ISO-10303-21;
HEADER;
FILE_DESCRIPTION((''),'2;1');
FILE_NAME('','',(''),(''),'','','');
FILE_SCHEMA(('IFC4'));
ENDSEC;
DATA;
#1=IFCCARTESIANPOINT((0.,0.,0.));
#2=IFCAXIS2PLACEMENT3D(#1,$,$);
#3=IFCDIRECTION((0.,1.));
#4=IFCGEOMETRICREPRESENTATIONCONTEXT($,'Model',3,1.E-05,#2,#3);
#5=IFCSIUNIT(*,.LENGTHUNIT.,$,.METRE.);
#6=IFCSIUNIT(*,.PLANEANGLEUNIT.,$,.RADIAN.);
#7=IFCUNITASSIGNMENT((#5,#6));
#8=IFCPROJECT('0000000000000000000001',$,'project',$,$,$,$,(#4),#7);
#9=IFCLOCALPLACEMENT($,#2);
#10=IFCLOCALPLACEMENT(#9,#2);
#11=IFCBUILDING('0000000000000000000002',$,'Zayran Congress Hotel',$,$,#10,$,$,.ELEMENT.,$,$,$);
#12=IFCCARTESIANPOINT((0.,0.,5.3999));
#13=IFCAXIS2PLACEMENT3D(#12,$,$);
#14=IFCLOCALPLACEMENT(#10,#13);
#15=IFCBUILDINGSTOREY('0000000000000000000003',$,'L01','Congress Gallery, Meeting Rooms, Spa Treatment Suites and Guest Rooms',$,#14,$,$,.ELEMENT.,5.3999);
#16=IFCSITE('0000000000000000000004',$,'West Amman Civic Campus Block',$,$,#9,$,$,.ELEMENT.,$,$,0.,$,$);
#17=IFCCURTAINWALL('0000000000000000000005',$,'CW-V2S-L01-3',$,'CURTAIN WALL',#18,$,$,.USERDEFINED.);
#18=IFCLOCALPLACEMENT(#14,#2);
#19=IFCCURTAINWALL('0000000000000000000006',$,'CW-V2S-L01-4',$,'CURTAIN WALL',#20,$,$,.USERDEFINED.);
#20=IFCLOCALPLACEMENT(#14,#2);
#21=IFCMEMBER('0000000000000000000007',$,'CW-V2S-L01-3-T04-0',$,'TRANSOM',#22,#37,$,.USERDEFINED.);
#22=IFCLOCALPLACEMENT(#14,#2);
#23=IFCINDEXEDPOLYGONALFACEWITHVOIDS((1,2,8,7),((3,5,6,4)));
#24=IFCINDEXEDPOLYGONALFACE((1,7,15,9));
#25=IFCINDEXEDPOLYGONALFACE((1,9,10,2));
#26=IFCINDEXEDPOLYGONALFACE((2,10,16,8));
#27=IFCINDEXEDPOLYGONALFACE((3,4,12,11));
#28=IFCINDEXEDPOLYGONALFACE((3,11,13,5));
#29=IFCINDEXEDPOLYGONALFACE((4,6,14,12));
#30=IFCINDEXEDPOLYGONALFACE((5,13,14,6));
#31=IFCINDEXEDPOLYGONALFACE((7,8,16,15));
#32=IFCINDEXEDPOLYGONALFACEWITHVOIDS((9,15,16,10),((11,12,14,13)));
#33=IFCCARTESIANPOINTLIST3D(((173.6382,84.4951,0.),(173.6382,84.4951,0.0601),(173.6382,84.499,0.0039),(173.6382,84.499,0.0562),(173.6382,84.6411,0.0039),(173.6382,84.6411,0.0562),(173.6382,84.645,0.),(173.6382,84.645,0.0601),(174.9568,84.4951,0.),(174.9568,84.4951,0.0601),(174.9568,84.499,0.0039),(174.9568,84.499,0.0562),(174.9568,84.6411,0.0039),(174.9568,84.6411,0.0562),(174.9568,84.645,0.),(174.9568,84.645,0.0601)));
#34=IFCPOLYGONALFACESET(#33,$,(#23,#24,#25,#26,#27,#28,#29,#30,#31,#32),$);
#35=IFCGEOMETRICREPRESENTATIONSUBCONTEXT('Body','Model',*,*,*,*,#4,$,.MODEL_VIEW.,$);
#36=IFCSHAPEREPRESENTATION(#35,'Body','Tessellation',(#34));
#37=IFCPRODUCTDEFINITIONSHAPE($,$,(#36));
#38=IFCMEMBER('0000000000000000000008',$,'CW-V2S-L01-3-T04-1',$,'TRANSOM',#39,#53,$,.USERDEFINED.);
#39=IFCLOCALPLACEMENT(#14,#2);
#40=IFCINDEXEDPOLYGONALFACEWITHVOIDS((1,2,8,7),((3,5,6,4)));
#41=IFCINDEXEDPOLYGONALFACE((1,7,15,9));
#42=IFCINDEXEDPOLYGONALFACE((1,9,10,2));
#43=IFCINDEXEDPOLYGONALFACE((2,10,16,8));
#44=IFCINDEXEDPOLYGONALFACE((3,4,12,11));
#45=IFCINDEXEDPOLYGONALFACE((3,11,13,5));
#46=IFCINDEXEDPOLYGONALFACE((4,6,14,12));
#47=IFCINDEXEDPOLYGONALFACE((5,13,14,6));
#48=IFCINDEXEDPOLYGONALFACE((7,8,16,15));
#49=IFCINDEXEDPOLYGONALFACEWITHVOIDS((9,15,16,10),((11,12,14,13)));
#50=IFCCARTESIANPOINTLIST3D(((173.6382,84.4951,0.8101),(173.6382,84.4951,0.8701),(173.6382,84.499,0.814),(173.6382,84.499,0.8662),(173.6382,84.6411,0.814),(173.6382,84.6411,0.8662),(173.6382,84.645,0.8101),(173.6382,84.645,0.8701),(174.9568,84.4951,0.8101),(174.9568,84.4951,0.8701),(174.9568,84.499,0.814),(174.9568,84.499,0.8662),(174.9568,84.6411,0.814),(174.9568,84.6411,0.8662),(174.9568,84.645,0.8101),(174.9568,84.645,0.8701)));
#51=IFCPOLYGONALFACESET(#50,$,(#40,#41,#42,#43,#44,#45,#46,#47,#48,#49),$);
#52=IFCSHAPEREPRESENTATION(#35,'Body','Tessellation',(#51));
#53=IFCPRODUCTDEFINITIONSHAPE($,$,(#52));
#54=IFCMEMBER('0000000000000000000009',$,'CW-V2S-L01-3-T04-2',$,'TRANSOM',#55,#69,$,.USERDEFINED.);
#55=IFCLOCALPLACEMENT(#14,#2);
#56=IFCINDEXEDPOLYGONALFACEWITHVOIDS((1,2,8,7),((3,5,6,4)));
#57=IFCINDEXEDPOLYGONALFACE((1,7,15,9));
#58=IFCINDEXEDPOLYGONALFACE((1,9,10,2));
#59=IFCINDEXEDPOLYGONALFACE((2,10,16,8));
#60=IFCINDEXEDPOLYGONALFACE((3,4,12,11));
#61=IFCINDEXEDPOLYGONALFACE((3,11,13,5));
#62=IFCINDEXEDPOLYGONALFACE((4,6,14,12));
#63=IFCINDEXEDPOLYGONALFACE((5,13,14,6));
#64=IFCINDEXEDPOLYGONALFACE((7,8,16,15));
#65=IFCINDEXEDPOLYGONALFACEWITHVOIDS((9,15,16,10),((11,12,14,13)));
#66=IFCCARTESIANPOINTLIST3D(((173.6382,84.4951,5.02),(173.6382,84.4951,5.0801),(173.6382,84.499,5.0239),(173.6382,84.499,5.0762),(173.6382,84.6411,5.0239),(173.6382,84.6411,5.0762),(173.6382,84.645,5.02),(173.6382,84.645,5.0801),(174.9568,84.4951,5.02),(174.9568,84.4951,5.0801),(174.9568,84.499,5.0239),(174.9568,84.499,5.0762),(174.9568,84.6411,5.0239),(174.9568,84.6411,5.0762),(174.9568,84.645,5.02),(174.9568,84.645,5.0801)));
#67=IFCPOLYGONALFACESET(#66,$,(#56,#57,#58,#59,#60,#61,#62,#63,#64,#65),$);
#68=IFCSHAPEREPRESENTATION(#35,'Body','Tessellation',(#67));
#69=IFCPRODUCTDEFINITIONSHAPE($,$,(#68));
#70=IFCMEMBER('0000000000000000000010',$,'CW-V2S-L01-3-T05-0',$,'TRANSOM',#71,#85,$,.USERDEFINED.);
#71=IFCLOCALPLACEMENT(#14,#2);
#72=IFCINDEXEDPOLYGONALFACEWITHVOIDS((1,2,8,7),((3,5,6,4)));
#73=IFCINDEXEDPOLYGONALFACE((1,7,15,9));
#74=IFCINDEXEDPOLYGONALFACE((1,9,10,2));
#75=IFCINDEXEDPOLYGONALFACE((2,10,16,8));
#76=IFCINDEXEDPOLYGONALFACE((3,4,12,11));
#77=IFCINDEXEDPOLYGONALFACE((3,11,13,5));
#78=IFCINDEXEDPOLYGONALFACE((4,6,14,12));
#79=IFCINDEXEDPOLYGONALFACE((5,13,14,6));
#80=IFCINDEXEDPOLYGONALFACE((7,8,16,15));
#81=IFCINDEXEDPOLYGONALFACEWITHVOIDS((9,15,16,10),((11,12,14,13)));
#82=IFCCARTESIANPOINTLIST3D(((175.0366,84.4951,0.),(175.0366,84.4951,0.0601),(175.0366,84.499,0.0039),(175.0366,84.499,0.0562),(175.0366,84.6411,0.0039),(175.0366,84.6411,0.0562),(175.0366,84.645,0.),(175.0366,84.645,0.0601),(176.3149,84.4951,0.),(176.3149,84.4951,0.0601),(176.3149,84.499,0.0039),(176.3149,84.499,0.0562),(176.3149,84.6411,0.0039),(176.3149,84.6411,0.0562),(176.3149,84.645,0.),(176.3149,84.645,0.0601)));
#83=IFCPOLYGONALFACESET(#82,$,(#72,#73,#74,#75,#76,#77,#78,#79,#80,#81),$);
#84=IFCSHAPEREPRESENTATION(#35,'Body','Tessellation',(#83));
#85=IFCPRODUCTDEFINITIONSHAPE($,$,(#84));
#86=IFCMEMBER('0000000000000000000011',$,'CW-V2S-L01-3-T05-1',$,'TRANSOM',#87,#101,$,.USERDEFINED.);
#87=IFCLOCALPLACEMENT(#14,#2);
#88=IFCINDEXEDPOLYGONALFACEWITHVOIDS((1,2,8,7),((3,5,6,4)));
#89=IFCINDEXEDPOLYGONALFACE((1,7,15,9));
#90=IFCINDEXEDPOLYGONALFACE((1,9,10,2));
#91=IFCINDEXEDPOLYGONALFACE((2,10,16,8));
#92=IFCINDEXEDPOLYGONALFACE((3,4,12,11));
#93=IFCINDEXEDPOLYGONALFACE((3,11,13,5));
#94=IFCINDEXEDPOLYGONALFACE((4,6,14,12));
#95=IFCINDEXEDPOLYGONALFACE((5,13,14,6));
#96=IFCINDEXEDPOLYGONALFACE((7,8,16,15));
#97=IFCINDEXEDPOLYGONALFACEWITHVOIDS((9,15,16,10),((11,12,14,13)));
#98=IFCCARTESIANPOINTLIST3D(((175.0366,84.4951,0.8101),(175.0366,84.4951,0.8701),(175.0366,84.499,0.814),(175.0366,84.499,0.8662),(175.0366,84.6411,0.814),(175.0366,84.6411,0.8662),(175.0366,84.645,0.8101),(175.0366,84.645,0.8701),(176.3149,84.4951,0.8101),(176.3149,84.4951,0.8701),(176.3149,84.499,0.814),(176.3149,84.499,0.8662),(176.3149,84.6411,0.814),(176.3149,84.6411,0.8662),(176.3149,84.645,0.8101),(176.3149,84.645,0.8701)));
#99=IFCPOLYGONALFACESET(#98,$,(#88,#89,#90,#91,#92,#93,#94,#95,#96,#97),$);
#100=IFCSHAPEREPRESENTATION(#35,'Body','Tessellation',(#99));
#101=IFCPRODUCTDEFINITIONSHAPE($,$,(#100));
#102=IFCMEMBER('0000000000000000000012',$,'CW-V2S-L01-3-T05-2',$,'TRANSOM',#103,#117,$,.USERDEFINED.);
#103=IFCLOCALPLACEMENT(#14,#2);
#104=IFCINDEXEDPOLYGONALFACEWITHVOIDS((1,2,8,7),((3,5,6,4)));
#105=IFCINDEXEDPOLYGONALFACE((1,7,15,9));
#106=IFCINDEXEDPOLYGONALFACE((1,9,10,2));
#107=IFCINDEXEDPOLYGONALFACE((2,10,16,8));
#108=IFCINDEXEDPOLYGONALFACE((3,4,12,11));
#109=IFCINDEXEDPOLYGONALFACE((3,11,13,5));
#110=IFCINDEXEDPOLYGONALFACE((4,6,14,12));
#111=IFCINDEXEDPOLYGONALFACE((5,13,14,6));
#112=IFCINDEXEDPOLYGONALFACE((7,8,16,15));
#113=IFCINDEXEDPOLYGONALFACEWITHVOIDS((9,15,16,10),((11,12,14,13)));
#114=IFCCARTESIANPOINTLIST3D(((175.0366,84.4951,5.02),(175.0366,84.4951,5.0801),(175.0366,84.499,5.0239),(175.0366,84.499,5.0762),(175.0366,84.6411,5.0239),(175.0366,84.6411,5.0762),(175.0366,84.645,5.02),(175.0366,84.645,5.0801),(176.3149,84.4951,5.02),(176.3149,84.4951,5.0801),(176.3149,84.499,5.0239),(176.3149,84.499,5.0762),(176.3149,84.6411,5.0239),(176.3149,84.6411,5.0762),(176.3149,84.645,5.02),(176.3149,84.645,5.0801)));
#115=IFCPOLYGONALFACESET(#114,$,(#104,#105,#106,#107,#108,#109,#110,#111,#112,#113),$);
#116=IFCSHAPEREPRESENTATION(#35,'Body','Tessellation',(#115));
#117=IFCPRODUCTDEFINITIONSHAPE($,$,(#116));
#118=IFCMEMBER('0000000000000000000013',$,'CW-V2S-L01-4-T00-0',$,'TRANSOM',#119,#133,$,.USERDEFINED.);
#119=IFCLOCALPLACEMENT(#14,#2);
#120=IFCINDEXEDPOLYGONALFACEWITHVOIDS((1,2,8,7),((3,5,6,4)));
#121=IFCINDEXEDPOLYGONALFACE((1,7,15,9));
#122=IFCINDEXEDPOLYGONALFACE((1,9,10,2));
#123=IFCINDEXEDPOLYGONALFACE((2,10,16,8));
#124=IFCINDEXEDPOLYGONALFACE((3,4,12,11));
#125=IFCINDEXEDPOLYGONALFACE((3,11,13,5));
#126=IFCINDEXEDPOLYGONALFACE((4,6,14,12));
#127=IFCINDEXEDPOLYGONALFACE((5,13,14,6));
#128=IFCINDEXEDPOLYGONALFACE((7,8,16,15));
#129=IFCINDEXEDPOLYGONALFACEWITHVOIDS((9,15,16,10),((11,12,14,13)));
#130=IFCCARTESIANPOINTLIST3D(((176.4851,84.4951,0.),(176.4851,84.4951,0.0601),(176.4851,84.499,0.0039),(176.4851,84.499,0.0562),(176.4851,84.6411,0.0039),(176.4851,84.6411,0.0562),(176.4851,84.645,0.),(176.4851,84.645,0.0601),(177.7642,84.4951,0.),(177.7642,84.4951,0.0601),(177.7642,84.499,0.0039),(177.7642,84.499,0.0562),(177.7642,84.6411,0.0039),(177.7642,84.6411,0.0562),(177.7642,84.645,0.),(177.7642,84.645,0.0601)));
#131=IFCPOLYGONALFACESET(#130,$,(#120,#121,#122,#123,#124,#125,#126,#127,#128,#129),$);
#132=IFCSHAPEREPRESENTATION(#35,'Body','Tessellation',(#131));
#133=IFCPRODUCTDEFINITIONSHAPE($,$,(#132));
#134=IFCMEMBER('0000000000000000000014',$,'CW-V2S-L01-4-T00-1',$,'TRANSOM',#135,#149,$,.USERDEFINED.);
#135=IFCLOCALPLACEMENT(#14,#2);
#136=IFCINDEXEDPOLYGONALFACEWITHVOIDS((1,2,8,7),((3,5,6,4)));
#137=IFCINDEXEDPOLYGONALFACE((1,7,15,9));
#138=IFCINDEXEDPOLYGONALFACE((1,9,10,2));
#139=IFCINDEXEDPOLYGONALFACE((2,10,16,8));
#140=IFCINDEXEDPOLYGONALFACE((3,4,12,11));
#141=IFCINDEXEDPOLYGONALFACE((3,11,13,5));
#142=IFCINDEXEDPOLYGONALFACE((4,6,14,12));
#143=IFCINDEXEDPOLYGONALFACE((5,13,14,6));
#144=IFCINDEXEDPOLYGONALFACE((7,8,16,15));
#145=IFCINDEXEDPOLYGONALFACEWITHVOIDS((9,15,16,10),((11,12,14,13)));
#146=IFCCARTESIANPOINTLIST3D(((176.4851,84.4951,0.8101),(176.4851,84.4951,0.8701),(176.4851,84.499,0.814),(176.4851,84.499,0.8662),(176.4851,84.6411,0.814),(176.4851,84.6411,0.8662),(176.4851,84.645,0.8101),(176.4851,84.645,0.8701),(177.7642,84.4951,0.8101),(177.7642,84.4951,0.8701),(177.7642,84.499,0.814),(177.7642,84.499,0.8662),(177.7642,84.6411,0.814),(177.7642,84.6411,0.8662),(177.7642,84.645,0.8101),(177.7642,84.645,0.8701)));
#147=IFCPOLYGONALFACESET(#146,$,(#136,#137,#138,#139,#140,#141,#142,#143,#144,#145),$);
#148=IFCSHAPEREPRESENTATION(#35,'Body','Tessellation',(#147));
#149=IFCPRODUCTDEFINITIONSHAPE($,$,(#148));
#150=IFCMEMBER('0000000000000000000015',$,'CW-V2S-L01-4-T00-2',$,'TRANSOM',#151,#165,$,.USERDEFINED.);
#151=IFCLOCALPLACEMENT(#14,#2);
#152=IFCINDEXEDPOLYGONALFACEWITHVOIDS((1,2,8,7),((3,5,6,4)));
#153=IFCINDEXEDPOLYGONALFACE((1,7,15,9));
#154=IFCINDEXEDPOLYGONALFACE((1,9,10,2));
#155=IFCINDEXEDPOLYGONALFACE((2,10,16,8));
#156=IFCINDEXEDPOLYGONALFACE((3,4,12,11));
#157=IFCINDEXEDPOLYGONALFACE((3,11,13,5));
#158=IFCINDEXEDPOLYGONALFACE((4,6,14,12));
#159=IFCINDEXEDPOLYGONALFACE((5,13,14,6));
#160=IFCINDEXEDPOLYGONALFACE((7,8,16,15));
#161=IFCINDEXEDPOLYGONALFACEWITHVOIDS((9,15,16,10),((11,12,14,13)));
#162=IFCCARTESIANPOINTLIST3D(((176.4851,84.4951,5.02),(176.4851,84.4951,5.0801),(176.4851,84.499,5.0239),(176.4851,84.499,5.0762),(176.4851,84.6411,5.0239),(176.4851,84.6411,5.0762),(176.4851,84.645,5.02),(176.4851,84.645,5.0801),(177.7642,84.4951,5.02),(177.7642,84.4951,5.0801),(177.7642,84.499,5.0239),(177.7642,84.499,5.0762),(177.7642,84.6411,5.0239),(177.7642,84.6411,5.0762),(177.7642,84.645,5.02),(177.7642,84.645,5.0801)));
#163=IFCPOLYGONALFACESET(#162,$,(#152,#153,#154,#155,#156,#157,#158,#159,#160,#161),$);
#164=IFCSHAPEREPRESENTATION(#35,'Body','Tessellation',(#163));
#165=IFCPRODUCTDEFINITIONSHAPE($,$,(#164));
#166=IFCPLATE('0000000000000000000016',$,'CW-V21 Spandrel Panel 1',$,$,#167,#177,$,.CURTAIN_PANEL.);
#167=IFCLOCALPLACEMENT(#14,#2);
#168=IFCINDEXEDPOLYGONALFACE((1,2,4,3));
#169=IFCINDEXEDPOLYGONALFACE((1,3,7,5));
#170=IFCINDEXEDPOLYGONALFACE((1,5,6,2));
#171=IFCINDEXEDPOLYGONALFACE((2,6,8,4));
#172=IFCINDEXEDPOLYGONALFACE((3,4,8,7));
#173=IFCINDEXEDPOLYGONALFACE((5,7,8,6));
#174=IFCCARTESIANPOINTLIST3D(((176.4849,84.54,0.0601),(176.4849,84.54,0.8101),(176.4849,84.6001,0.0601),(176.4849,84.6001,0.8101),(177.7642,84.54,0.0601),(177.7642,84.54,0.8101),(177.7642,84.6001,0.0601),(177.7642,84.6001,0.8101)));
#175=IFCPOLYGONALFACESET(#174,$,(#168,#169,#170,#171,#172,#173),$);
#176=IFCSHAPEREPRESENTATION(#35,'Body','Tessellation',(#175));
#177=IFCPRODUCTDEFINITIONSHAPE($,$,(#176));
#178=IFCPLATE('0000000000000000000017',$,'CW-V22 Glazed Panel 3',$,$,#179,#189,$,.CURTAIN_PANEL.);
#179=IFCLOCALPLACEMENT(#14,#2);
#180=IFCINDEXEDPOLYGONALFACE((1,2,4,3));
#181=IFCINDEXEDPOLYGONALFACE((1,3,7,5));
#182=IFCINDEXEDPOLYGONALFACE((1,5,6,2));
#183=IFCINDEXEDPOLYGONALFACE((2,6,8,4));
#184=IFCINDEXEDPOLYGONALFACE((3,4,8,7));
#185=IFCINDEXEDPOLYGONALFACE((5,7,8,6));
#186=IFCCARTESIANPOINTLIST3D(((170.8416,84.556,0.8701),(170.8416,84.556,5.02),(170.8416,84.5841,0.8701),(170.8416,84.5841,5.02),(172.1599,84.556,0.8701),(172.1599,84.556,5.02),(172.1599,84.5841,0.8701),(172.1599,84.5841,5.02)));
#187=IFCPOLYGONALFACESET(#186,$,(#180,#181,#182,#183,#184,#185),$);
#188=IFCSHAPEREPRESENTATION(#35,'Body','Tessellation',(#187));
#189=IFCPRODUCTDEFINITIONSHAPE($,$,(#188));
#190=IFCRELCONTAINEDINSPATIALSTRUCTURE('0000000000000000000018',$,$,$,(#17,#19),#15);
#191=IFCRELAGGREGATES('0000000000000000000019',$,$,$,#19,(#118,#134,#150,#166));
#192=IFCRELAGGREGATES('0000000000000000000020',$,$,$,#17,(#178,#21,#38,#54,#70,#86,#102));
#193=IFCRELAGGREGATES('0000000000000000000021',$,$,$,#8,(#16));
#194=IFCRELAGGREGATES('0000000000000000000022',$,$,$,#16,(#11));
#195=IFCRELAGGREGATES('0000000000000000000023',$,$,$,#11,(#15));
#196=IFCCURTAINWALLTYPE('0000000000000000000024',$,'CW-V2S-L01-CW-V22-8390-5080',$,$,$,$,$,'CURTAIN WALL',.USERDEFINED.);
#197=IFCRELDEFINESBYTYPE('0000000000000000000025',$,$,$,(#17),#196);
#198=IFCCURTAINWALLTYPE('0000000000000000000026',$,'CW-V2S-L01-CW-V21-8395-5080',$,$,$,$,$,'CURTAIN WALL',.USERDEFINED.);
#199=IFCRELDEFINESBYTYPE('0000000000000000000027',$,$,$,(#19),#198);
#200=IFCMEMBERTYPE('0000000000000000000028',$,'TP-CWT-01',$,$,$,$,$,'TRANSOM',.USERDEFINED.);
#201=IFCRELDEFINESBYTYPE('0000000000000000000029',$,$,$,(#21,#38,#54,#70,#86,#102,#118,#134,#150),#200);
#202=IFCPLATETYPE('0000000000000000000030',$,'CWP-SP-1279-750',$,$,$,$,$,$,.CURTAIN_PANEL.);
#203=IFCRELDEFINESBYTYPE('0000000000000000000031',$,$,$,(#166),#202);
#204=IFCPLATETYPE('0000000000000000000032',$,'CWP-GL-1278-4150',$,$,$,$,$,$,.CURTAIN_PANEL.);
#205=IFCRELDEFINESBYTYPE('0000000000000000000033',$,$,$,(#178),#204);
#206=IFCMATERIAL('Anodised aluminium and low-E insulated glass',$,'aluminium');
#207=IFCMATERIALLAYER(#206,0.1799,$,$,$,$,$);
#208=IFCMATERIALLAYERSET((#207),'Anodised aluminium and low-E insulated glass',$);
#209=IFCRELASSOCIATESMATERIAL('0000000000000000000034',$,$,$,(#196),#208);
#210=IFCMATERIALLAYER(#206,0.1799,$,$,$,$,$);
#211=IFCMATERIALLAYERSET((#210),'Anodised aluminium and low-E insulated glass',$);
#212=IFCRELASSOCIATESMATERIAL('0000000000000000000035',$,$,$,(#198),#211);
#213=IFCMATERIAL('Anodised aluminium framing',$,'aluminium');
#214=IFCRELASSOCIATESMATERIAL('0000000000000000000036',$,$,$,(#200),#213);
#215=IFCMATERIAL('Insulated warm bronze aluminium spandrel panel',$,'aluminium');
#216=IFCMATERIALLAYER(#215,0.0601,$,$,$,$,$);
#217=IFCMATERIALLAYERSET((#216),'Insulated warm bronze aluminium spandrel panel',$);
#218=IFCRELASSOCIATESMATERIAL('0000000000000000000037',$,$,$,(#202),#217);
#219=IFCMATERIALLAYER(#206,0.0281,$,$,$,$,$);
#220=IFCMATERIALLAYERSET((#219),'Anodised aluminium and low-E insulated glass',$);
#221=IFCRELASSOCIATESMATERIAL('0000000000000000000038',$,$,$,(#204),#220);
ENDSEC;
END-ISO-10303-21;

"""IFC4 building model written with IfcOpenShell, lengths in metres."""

from ifc_helpers import new_model, si_unit, direction, frame, origin, origin_2d, place, context, subcontext, project, spatial, rectangle, hollow_rectangle, extrude, material, layer, layer_set, material_profile, profile_set, type_object, element, aggregate, save


model = new_model("IFC4")

# Units and contexts
model_context = context("Model", 3, precision=1e-05, world=origin(), true_north=direction((0.0, 1.0)))
body_context = subcontext(model_context, "Body", "Model", "MODEL_VIEW")
ifc_project = project(units=[si_unit("LENGTHUNIT", "METRE"), si_unit("PLANEANGLEUNIT", "RADIAN")], contexts=[model_context])

# Site, building, storey
site_placement = place(None, origin())
site = spatial("IfcSite", under=ifc_project, at=site_placement, Name="West Amman Civic Campus Block", CompositionType="ELEMENT", RefElevation=0.0)
building_placement = place(site_placement, origin())
building = spatial("IfcBuilding", under=site, at=building_placement, Name="Zayran Congress Hotel", CompositionType="ELEMENT")
storey_placement = place(building_placement, frame((0.0, 0.0, 5.3999)))
storey = spatial("IfcBuildingStorey", under=building, at=storey_placement, Name="L01", Description="Congress Gallery, Meeting Rooms, Spa Treatment Suites and Guest Rooms", CompositionType="ELEMENT", Elevation=5.3999)

# Curtain wall
ifc_material_1 = material(Name="Anodised aluminium and low-E insulated glass", Category="aluminium")
ifc_layer_1 = layer(ifc_material_1, 0.1799)
ifc_layer_set_1 = layer_set([ifc_layer_1], Name="Anodised aluminium and low-E insulated glass")
curtain_wall_type_1 = type_object("IfcCurtainWallType", Name="CW-V2S-L01-CW-V22-8390-5080", ElementType="CURTAIN WALL", PredefinedType="USERDEFINED", material=ifc_layer_set_1)
curtain_wall_1_placement = place(storey_placement, origin())
curtain_wall_1 = element("IfcCurtainWall", 1, at=curtain_wall_1_placement, inside=storey, type_object=curtain_wall_type_1, Name="CW-V2S-L01-3", ObjectType="CURTAIN WALL", PredefinedType="USERDEFINED")
ifc_material_2 = material(Name="Anodised aluminium framing", Category="aluminium")

# Curtain wall
ifc_layer_2 = layer(ifc_material_1, 0.1799)
ifc_layer_set_2 = layer_set([ifc_layer_2], Name="Anodised aluminium and low-E insulated glass")
curtain_wall_type_2 = type_object("IfcCurtainWallType", Name="CW-V2S-L01-CW-V21-8395-5080", ElementType="CURTAIN WALL", PredefinedType="USERDEFINED", material=ifc_layer_set_2)
curtain_wall_2_placement = place(storey_placement, origin())
curtain_wall_2 = element("IfcCurtainWall", 2, at=curtain_wall_2_placement, inside=storey, type_object=curtain_wall_type_2, Name="CW-V2S-L01-4", ObjectType="CURTAIN WALL", PredefinedType="USERDEFINED")

# Members
ifc_material_profile_1 = material_profile(ifc_material_2, hollow_rectangle(XDim=0.0601, YDim=0.1499, WallThickness=0.0039, at=origin_2d()), Name="RHS 150x60x4")
ifc_profile_set_1 = profile_set([ifc_material_profile_1], Name="Anodised aluminium framing")
member_type_1 = type_object("IfcMemberType", Name="TP-CWT-01", ElementType="TRANSOM", PredefinedType="USERDEFINED", material=ifc_profile_set_1)
member_1_placement = place(storey_placement, frame((173.6382, 84.5701, 0.03), z_axis=(1.0, 0.0, 0.0), x_axis=(0.0, 0.0, 1.0)))
member_1 = element("IfcMember", 3, at=member_1_placement, type_object=member_type_1, Name="CW-V2S-L01-3-T04-0", ObjectType="TRANSOM", PredefinedType="USERDEFINED", context=body_context, shape_type="SweptSolid", body=[
    extrude(hollow_rectangle(XDim=0.0601, YDim=0.1499, WallThickness=0.0039, at=origin_2d()), origin(), (0.0, 0.0, 1.0), 1.3186),
])
member_2_placement = place(storey_placement, frame((173.6382, 84.5701, 0.8401), z_axis=(1.0, 0.0, 0.0), x_axis=(0.0, 0.0, 1.0)))
member_2 = element("IfcMember", 4, at=member_2_placement, type_object=member_type_1, Name="CW-V2S-L01-3-T04-1", ObjectType="TRANSOM", PredefinedType="USERDEFINED", context=body_context, shape_type="SweptSolid", body=[
    extrude(hollow_rectangle(XDim=0.0601, YDim=0.1499, WallThickness=0.0039, at=origin_2d()), origin(), (0.0, 0.0, 1.0), 1.3186),
])
member_3_placement = place(storey_placement, frame((173.6382, 84.5701, 5.05), z_axis=(1.0, 0.0, 0.0), x_axis=(0.0, 0.0, 1.0)))
member_3 = element("IfcMember", 5, at=member_3_placement, type_object=member_type_1, Name="CW-V2S-L01-3-T04-2", ObjectType="TRANSOM", PredefinedType="USERDEFINED", context=body_context, shape_type="SweptSolid", body=[
    extrude(hollow_rectangle(XDim=0.0601, YDim=0.1499, WallThickness=0.0039, at=origin_2d()), origin(), (0.0, 0.0, 1.0), 1.3186),
])
member_4_placement = place(storey_placement, frame((175.0366, 84.5701, 0.03), z_axis=(1.0, 0.0, 0.0), x_axis=(0.0, 0.0, 1.0)))
member_4 = element("IfcMember", 6, at=member_4_placement, type_object=member_type_1, Name="CW-V2S-L01-3-T05-0", ObjectType="TRANSOM", PredefinedType="USERDEFINED", context=body_context, shape_type="SweptSolid", body=[
    extrude(hollow_rectangle(XDim=0.0601, YDim=0.1499, WallThickness=0.0039, at=origin_2d()), origin(), (0.0, 0.0, 1.0), 1.2783),
])
member_5_placement = place(storey_placement, frame((175.0366, 84.5701, 0.8401), z_axis=(1.0, 0.0, 0.0), x_axis=(0.0, 0.0, 1.0)))
member_5 = element("IfcMember", 7, at=member_5_placement, type_object=member_type_1, Name="CW-V2S-L01-3-T05-1", ObjectType="TRANSOM", PredefinedType="USERDEFINED", context=body_context, shape_type="SweptSolid", body=[
    extrude(hollow_rectangle(XDim=0.0601, YDim=0.1499, WallThickness=0.0039, at=origin_2d()), origin(), (0.0, 0.0, 1.0), 1.2783),
])
member_6_placement = place(storey_placement, frame((175.0366, 84.5701, 5.05), z_axis=(1.0, 0.0, 0.0), x_axis=(0.0, 0.0, 1.0)))
member_6 = element("IfcMember", 8, at=member_6_placement, type_object=member_type_1, Name="CW-V2S-L01-3-T05-2", ObjectType="TRANSOM", PredefinedType="USERDEFINED", context=body_context, shape_type="SweptSolid", body=[
    extrude(hollow_rectangle(XDim=0.0601, YDim=0.1499, WallThickness=0.0039, at=origin_2d()), origin(), (0.0, 0.0, 1.0), 1.2783),
])
member_7_placement = place(storey_placement, frame((176.4851, 84.5701, 0.03), z_axis=(1.0, 0.0, 0.0), x_axis=(0.0, 0.0, 1.0)))
member_7 = element("IfcMember", 9, at=member_7_placement, type_object=member_type_1, Name="CW-V2S-L01-4-T00-0", ObjectType="TRANSOM", PredefinedType="USERDEFINED", context=body_context, shape_type="SweptSolid", body=[
    extrude(hollow_rectangle(XDim=0.0601, YDim=0.1499, WallThickness=0.0039, at=origin_2d()), origin(), (0.0, 0.0, 1.0), 1.2791),
])
member_8_placement = place(storey_placement, frame((176.4851, 84.5701, 0.8401), z_axis=(1.0, 0.0, 0.0), x_axis=(0.0, 0.0, 1.0)))
member_8 = element("IfcMember", 10, at=member_8_placement, type_object=member_type_1, Name="CW-V2S-L01-4-T00-1", ObjectType="TRANSOM", PredefinedType="USERDEFINED", context=body_context, shape_type="SweptSolid", body=[
    extrude(hollow_rectangle(XDim=0.0601, YDim=0.1499, WallThickness=0.0039, at=origin_2d()), origin(), (0.0, 0.0, 1.0), 1.2791),
])
member_9_placement = place(storey_placement, frame((176.4851, 84.5701, 5.05), z_axis=(1.0, 0.0, 0.0), x_axis=(0.0, 0.0, 1.0)))
member_9 = element("IfcMember", 11, at=member_9_placement, type_object=member_type_1, Name="CW-V2S-L01-4-T00-2", ObjectType="TRANSOM", PredefinedType="USERDEFINED", context=body_context, shape_type="SweptSolid", body=[
    extrude(hollow_rectangle(XDim=0.0601, YDim=0.1499, WallThickness=0.0039, at=origin_2d()), origin(), (0.0, 0.0, 1.0), 1.2791),
])

# Plates
ifc_material_3 = material(Name="Insulated warm bronze aluminium spandrel panel", Category="aluminium")
ifc_layer_3 = layer(ifc_material_3, 0.0601)
ifc_layer_set_3 = layer_set([ifc_layer_3], Name="Insulated warm bronze aluminium spandrel panel")
plate_type_1 = type_object("IfcPlateType", Name="CWP-SP-1279-750", PredefinedType="CURTAIN_PANEL", material=ifc_layer_set_3)
plate_1_placement = place(storey_placement, frame((177.1245, 84.5701, 0.0601), z_axis=(0.0, 0.0, 1.0), x_axis=(1.0, 0.0, 0.0)))
plate_1 = element("IfcPlate", 12, at=plate_1_placement, type_object=plate_type_1, Name="CW-V21 Spandrel Panel 1", PredefinedType="CURTAIN_PANEL", context=body_context, shape_type="SweptSolid", body=[
    extrude(rectangle(XDim=1.2793, YDim=0.0601, at=origin_2d()), origin(), (0.0, 0.0, 1.0), 0.75),
])
aggregate(curtain_wall_2, [member_7, member_8, member_9, plate_1])
ifc_layer_4 = layer(ifc_material_1, 0.0281)
ifc_layer_set_4 = layer_set([ifc_layer_4], Name="Anodised aluminium and low-E insulated glass")
plate_type_2 = type_object("IfcPlateType", Name="CWP-GL-1278-4150", PredefinedType="CURTAIN_PANEL", material=ifc_layer_set_4)
plate_2_placement = place(storey_placement, frame((171.5007, 84.5701, 0.8701), z_axis=(0.0, 0.0, 1.0), x_axis=(1.0, 0.0, 0.0)))
plate_2 = element("IfcPlate", 13, at=plate_2_placement, type_object=plate_type_2, Name="CW-V22 Glazed Panel 3", PredefinedType="CURTAIN_PANEL", context=body_context, shape_type="SweptSolid", body=[
    extrude(rectangle(XDim=1.3184, YDim=0.0281, at=origin_2d()), origin(), (0.0, 0.0, 1.0), 4.1499),
])
aggregate(curtain_wall_1, [plate_2, member_1, member_2, member_3, member_4, member_5, member_6])

save(model, "model.ifc")
